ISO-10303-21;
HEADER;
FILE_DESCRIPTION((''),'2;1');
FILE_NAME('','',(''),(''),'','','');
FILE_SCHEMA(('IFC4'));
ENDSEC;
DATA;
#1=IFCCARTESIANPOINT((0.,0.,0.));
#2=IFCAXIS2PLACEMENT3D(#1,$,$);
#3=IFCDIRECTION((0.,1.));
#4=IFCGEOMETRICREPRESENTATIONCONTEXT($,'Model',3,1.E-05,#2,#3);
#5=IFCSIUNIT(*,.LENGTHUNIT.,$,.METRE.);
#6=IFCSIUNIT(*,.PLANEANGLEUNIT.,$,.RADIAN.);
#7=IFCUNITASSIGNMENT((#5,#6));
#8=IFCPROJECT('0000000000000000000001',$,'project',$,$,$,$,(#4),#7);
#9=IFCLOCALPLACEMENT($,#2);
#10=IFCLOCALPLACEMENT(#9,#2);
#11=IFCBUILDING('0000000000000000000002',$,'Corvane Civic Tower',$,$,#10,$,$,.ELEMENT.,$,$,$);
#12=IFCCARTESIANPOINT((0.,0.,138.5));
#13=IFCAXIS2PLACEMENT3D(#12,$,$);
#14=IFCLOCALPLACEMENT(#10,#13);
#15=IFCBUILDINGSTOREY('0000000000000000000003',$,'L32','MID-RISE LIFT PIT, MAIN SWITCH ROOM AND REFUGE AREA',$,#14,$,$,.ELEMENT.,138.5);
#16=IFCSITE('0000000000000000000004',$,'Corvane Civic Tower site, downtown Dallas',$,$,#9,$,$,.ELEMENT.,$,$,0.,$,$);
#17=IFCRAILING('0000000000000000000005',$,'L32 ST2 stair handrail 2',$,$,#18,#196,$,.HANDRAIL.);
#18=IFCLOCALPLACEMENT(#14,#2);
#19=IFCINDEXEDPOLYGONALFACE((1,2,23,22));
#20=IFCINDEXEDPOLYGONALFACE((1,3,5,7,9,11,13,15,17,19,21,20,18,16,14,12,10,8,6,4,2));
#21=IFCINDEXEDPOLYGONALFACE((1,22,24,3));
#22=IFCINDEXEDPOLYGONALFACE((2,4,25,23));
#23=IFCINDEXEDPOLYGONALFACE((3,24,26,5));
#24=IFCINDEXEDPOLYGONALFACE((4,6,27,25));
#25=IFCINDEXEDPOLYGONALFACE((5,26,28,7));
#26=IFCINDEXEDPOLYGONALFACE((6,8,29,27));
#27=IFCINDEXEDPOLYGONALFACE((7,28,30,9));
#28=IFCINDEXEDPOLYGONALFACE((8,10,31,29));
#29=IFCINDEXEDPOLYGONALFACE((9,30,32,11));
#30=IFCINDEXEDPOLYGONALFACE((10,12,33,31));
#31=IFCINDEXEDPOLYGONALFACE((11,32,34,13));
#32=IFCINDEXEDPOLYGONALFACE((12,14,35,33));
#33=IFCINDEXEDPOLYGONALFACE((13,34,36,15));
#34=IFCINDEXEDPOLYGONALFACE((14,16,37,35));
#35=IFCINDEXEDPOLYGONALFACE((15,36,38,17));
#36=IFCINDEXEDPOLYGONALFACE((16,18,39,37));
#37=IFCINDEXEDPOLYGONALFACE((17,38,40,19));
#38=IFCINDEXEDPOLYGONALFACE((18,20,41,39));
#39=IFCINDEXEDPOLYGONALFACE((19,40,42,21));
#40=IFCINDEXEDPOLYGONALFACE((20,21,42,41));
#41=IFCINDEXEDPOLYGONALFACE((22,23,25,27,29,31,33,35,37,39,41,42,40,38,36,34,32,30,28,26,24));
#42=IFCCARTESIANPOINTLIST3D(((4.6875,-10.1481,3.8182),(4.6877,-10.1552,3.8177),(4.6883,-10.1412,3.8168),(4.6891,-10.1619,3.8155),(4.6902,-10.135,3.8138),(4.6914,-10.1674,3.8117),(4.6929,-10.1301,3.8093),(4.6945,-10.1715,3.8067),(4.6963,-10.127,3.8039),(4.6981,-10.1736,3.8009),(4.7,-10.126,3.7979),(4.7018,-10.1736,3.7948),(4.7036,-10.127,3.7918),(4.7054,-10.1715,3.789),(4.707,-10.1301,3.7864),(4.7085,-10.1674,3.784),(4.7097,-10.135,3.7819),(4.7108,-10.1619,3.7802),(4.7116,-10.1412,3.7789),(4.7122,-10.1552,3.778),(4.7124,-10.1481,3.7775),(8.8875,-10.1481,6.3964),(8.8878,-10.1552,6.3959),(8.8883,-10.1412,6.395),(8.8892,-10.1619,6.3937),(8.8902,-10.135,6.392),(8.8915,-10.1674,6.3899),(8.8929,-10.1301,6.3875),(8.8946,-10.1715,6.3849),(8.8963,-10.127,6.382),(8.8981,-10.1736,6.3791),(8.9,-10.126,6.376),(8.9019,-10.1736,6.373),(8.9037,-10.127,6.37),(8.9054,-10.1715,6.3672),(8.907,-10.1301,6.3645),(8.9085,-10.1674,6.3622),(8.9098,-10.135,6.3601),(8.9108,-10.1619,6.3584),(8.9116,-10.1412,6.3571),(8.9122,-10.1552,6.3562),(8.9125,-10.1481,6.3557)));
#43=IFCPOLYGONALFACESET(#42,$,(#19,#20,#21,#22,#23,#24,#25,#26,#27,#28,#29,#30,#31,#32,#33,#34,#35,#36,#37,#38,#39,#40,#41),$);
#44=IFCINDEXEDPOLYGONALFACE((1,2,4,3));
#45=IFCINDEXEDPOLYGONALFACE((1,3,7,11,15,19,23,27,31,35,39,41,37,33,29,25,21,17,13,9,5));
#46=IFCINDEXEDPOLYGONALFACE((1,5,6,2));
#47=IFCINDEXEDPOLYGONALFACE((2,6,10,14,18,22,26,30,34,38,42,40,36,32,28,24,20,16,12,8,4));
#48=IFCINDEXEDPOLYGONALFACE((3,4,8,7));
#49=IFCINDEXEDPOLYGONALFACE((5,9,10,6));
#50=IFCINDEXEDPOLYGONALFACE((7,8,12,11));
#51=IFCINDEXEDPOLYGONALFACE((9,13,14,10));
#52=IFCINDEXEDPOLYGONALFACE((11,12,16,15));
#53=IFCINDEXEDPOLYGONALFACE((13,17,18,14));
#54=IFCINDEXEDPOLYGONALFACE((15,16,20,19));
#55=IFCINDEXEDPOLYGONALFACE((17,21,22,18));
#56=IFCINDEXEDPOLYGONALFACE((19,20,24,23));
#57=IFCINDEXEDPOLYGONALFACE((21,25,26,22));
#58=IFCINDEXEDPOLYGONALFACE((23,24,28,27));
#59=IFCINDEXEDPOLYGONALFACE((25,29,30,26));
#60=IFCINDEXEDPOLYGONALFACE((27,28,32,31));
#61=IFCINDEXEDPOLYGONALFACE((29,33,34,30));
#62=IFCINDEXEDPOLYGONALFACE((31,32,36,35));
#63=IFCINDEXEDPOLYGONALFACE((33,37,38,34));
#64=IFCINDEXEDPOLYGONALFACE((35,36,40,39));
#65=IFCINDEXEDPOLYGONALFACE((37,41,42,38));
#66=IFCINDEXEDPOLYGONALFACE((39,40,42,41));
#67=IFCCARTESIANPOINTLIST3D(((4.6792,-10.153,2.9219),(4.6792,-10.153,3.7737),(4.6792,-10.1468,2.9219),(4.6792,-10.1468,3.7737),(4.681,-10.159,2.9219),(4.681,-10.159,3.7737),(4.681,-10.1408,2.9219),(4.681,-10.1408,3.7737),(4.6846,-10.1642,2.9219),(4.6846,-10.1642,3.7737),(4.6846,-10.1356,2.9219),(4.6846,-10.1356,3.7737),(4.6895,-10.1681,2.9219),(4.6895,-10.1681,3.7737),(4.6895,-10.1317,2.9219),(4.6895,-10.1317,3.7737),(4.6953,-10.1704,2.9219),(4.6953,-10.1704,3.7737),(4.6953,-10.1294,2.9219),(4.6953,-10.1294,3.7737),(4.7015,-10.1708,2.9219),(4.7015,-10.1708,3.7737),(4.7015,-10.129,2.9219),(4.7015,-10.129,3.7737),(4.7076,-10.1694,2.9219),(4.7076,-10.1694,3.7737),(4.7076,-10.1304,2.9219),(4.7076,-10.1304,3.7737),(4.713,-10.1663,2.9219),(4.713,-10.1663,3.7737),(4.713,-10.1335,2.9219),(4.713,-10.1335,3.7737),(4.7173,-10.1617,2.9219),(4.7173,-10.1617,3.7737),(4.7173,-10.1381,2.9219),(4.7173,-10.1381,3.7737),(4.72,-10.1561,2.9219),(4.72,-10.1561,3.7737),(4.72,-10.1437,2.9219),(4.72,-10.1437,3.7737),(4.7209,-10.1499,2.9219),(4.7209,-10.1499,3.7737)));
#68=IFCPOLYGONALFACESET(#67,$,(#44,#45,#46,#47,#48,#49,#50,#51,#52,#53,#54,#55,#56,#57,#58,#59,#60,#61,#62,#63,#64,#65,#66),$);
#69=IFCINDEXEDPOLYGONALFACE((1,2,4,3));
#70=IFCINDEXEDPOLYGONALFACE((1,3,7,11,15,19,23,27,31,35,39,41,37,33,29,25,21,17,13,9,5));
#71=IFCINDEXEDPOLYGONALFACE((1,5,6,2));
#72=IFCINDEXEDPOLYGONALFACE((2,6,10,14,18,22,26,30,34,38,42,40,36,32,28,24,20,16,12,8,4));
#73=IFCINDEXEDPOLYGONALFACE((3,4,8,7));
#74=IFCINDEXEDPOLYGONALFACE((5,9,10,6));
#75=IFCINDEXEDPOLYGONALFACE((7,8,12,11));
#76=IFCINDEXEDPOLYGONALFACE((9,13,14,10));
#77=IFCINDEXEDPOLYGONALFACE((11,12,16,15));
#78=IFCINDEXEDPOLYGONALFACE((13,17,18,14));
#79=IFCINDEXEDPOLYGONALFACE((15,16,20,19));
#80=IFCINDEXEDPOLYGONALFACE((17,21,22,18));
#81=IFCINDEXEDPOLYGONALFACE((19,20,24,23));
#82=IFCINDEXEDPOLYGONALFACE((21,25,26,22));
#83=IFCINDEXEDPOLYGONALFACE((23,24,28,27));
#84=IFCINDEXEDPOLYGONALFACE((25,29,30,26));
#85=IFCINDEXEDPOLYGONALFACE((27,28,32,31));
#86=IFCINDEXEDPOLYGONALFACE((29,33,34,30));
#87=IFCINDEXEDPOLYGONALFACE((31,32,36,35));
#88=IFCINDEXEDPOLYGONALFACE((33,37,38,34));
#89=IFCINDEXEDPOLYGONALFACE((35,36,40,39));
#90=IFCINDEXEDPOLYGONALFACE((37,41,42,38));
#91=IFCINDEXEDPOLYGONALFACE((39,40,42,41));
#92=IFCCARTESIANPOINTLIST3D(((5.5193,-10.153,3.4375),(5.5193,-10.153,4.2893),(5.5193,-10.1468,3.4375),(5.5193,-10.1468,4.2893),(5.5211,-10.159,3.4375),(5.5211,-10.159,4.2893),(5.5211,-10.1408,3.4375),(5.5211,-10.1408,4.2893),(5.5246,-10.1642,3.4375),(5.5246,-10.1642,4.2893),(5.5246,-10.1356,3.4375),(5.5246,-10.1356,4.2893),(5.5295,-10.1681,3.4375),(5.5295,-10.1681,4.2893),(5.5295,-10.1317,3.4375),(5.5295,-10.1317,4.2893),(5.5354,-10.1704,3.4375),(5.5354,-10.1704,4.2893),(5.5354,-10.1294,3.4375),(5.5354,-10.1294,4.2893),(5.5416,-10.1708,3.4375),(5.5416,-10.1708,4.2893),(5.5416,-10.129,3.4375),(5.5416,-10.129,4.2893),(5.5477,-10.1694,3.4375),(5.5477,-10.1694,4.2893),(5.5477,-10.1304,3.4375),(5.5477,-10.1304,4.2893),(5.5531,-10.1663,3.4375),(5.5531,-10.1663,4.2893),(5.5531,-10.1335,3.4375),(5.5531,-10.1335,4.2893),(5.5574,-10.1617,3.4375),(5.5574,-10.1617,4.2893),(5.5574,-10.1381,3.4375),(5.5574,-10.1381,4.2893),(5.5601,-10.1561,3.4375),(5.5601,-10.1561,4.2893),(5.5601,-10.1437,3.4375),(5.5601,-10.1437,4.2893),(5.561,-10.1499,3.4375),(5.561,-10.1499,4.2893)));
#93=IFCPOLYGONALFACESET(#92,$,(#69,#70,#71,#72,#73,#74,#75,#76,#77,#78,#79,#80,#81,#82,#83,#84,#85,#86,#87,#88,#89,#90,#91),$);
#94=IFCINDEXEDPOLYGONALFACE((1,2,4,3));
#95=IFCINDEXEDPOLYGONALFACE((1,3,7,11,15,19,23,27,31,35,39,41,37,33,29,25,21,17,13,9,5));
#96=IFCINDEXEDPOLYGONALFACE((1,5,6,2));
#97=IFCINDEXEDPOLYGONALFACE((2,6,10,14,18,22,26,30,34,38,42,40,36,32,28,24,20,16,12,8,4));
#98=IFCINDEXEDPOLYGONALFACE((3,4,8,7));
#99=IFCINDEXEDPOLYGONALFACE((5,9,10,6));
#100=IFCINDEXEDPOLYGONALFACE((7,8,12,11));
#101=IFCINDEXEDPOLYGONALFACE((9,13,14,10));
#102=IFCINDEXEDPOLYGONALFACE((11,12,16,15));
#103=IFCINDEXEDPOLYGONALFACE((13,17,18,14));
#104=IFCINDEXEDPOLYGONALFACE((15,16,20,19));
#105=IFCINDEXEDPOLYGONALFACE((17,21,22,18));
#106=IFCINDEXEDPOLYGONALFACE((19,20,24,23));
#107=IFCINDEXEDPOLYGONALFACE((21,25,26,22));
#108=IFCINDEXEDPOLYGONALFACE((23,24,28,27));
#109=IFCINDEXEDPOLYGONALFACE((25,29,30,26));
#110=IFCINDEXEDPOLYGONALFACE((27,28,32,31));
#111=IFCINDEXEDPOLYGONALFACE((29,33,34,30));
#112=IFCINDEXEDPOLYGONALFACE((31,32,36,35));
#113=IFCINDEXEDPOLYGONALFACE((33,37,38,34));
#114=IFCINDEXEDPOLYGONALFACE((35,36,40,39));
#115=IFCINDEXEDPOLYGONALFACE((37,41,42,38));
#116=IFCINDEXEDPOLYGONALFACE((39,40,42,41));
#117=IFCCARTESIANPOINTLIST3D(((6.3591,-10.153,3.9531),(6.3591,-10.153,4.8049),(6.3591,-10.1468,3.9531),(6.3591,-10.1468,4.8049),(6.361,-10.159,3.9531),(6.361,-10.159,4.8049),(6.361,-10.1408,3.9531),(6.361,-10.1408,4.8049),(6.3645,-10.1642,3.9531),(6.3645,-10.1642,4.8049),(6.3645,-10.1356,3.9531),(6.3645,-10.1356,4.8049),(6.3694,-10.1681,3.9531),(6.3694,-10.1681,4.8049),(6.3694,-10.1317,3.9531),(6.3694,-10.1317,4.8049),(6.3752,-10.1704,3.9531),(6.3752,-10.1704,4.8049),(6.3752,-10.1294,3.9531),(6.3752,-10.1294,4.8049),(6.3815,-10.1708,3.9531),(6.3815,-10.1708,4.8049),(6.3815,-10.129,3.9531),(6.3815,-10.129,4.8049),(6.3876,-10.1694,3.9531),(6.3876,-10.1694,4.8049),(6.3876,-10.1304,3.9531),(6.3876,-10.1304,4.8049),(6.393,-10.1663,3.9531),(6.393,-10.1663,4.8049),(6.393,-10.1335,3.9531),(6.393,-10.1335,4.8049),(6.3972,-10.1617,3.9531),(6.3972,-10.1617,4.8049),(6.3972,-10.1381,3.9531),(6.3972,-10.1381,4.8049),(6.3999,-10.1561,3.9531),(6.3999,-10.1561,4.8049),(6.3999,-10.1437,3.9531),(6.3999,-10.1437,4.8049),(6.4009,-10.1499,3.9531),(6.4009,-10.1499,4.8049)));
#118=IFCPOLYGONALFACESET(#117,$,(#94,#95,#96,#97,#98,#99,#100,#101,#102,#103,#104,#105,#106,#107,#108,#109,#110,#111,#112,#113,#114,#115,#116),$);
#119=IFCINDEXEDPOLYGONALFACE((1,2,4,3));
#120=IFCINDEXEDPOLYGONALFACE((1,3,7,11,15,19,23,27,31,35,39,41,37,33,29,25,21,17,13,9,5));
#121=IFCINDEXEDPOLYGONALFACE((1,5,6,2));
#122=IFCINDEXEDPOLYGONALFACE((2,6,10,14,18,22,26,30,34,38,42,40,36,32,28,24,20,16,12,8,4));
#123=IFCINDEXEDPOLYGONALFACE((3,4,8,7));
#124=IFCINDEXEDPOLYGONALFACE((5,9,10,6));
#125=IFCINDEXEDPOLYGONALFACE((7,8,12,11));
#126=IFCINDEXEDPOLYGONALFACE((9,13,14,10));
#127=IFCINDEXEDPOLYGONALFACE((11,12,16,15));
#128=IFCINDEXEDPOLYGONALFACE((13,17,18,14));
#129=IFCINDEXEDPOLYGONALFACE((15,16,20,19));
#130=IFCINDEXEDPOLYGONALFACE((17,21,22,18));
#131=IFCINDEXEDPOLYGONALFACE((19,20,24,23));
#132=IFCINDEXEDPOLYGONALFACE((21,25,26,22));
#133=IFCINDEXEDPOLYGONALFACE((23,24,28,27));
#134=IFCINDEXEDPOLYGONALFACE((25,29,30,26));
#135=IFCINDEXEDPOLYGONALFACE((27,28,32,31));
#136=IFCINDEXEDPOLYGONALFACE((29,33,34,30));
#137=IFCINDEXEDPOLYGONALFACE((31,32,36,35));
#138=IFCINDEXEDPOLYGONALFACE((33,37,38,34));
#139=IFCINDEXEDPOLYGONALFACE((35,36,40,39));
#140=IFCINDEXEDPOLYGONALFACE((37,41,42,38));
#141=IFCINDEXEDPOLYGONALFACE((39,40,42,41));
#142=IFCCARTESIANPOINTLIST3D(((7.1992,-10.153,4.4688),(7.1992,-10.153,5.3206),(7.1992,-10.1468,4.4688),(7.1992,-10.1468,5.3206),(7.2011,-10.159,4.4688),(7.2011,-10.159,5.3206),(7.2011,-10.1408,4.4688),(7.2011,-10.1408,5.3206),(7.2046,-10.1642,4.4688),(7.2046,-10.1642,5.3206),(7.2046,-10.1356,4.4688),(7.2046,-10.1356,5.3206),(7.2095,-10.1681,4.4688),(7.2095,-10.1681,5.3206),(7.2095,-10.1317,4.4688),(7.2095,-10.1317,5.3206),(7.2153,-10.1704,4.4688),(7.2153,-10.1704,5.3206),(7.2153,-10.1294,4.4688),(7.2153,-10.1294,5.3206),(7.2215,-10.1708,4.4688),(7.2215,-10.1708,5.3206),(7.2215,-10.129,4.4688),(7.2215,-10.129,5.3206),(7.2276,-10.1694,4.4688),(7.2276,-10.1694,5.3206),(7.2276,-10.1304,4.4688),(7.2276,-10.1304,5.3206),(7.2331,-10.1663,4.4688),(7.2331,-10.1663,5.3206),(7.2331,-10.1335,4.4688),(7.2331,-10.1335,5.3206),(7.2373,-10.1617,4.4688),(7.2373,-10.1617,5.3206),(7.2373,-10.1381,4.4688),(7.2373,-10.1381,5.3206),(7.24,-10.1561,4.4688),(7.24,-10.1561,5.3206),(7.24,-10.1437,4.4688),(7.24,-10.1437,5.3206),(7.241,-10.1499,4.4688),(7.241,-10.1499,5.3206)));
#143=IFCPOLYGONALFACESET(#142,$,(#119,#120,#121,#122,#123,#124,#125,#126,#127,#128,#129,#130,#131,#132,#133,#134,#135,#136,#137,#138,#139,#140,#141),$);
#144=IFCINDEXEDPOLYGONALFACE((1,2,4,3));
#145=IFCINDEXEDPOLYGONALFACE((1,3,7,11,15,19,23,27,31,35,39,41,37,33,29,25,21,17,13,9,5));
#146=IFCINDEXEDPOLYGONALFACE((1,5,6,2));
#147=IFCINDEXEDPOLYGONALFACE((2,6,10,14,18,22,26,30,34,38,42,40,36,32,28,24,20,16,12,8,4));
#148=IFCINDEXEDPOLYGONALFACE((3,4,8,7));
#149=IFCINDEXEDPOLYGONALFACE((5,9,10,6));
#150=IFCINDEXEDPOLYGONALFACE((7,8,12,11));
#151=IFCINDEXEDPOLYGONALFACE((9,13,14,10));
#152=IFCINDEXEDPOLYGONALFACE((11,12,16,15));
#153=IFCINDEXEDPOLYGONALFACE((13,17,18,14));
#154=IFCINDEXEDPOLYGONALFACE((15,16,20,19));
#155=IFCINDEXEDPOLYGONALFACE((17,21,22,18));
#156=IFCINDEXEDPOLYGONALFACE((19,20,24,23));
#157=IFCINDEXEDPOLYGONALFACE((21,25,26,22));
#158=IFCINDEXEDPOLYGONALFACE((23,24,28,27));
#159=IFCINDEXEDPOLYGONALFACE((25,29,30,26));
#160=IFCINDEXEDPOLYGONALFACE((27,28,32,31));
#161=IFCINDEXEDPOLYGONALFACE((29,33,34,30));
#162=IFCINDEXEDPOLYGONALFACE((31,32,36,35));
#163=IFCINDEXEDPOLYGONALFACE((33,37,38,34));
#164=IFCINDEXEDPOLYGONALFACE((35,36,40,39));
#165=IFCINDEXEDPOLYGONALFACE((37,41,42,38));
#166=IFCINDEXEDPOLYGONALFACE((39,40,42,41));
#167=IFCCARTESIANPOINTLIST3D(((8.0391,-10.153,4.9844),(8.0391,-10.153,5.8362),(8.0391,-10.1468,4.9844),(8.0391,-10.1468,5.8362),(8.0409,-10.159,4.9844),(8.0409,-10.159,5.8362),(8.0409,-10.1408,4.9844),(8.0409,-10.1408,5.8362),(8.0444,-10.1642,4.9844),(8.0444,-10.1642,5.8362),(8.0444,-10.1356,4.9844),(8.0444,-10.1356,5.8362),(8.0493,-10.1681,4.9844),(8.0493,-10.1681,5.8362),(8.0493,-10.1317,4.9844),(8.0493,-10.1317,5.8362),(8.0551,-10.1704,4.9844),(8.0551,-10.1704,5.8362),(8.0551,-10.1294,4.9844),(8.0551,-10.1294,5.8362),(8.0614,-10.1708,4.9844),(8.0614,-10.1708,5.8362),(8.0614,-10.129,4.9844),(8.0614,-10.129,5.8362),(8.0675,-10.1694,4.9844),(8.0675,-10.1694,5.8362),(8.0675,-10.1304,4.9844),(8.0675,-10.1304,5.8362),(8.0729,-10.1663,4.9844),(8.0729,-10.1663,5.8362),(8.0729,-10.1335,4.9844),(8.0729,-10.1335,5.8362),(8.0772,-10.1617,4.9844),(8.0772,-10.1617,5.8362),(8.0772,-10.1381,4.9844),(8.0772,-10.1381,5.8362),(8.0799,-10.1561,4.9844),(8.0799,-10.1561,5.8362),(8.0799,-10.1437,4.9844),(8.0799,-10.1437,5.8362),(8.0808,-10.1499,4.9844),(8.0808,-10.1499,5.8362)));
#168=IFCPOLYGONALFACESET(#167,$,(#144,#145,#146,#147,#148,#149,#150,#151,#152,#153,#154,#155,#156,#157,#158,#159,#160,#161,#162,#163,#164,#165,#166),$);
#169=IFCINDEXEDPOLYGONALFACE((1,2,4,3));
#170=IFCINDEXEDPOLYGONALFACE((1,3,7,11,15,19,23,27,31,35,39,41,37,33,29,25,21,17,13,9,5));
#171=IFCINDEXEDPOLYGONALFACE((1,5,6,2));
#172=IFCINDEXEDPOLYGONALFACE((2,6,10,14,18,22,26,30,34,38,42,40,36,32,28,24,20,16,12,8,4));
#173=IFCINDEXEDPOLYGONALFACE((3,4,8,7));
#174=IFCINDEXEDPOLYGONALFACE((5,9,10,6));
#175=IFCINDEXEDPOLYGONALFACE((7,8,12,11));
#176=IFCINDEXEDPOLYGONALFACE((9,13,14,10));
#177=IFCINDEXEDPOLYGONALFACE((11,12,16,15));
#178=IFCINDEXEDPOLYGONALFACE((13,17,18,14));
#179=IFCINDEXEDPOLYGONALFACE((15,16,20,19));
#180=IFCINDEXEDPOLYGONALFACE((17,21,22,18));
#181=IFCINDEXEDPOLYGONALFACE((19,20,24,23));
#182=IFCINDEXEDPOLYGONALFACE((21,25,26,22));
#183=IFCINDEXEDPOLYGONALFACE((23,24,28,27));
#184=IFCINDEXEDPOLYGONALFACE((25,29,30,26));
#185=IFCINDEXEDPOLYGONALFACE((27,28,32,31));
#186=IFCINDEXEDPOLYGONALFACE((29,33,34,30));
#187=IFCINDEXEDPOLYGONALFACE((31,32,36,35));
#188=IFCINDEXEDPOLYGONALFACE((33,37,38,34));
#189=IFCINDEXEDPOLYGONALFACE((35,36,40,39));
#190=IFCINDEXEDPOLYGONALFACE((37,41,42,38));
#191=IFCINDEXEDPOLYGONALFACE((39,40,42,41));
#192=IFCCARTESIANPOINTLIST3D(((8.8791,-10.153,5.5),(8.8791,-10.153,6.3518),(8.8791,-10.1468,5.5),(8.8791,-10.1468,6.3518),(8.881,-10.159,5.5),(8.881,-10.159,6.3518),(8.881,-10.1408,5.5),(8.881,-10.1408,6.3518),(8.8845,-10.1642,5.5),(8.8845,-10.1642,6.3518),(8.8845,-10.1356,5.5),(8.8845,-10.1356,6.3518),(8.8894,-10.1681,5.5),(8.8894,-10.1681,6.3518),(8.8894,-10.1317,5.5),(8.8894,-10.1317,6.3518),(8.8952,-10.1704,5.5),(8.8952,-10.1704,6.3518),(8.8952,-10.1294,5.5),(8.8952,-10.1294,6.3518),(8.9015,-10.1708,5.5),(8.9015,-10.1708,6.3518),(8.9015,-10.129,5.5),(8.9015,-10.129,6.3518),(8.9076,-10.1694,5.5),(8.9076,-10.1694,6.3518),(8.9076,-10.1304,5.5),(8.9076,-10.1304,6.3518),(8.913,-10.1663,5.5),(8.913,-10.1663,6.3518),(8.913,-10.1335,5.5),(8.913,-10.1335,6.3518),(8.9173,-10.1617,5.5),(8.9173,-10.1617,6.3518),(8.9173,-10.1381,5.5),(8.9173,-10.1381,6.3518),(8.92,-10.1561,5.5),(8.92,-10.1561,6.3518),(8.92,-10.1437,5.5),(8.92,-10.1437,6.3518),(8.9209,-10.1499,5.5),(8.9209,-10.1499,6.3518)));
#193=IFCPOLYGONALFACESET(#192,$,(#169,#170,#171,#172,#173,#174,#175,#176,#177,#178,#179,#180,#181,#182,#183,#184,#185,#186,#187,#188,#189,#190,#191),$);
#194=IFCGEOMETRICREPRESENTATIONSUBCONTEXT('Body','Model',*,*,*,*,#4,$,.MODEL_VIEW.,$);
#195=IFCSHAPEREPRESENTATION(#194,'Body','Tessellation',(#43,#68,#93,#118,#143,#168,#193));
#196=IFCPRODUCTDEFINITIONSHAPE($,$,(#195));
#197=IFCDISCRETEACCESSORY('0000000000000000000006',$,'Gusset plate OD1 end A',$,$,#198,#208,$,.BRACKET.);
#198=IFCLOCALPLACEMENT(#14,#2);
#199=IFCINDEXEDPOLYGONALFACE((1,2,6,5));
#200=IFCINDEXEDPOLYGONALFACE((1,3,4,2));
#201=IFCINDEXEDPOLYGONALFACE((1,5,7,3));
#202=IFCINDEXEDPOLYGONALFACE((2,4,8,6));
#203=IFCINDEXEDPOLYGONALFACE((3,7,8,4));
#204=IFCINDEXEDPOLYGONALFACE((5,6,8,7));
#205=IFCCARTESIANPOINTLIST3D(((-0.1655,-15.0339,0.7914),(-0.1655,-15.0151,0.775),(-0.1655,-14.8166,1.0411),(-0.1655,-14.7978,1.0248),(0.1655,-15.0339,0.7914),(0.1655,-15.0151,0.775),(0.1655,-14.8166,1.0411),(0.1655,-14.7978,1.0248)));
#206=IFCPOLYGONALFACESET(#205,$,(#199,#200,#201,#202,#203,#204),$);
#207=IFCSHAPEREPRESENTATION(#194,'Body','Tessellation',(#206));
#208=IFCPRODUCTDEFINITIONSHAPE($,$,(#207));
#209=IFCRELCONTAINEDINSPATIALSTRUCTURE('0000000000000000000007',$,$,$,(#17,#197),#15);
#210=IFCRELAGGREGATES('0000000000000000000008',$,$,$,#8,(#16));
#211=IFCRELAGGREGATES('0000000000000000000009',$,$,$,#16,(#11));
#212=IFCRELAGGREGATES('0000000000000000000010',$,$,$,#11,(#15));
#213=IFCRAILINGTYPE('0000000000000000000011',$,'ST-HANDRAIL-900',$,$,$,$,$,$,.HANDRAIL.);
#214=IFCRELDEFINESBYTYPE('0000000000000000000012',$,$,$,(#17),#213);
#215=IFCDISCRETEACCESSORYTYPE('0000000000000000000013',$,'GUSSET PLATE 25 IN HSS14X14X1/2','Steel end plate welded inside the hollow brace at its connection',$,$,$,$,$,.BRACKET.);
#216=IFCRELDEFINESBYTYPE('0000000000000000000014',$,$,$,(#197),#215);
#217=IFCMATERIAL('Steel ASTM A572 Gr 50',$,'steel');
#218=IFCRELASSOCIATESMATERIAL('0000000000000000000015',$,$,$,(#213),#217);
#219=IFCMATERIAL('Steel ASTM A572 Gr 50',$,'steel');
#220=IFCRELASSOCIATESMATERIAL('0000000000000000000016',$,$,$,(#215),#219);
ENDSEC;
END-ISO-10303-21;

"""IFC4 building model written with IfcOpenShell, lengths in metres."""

from ifc_helpers import new_model, si_unit, direction, frame, origin, origin_2d, place, context, subcontext, project, spatial, rectangle, circle, extrude, material, material_profile, profile_set, type_object, element, save


model = new_model("IFC4")

# Units and contexts
model_context = context("Model", 3, precision=1e-05, world=origin(), true_north=direction((0.0, 1.0)))
body_context = subcontext(model_context, "Body", "Model", "MODEL_VIEW")
ifc_project = project(units=[si_unit("LENGTHUNIT", "METRE"), si_unit("PLANEANGLEUNIT", "RADIAN")], contexts=[model_context])

# Site, building, storey
site_placement = place(None, origin())
site = spatial("IfcSite", under=ifc_project, at=site_placement, Name="Corvane Civic Tower site, downtown Dallas", CompositionType="ELEMENT", RefElevation=0.0)
building_placement = place(site_placement, origin())
building = spatial("IfcBuilding", under=site, at=building_placement, Name="Corvane Civic Tower", CompositionType="ELEMENT")
storey_placement = place(building_placement, frame((0.0, 0.0, 138.5)))
storey = spatial("IfcBuildingStorey", under=building, at=storey_placement, Name="L32", Description="MID-RISE LIFT PIT, MAIN SWITCH ROOM AND REFUGE AREA", CompositionType="ELEMENT", Elevation=138.5)

# Railing
ifc_material_1 = material(Name="Steel ASTM A572 Gr 50", Category="steel")
railing_type_1 = type_object("IfcRailingType", Name="ST-HANDRAIL-900", PredefinedType="HANDRAIL", material=ifc_material_1)
railing_1_placement = place(storey_placement, frame((4.7, -10.1499, 2.9219)))
element("IfcRailing", 1, at=railing_1_placement, inside=storey, type_object=railing_type_1, Name="L32 ST2 stair handrail 2", PredefinedType="HANDRAIL", context=body_context, shape_type="SweptSolid", body=[
    extrude(circle(Radius=0.0239, at=origin_2d()), frame((0.0, 0.0, 0.876), z_axis=(0.852243, 0.0, 0.523146), x_axis=(0.0, 1.0, 0.0)), (0.0, 0.0, 1.0), 4.9282),
    extrude(circle(Radius=0.021, at=origin_2d()), origin(), (0.0, 0.0, 1.0), 0.8518),
    extrude(circle(Radius=0.021, at=origin_2d()), frame((0.8401, 0.0, 0.5156)), (0.0, 0.0, 1.0), 0.8518),
    extrude(circle(Radius=0.021, at=origin_2d()), frame((1.6799, 0.0, 1.0312)), (0.0, 0.0, 1.0), 0.8518),
    extrude(circle(Radius=0.021, at=origin_2d()), frame((2.52, 0.0, 1.5469)), (0.0, 0.0, 1.0), 0.8518),
    extrude(circle(Radius=0.021, at=origin_2d()), frame((3.3599, 0.0, 2.0625)), (0.0, 0.0, 1.0), 0.8518),
    extrude(circle(Radius=0.021, at=origin_2d()), frame((4.2, 0.0, 2.5781)), (0.0, 0.0, 1.0), 0.8518),
])

# Discrete accessory
ifc_material_2 = material(Name="Steel ASTM A572 Gr 50", Category="steel")
ifc_material_profile_1 = material_profile(ifc_material_2, rectangle(XDim=0.3311, YDim=0.3311, at=origin_2d()), Name="GUSSET PLATE 25 IN HSS14X14X1/2")
ifc_profile_set_1 = profile_set([ifc_material_profile_1], Name="Steel ASTM A572 Gr 50")
discrete_accessory_type_1 = type_object("IfcDiscreteAccessoryType", Name="GUSSET PLATE 25 IN HSS14X14X1/2", Description="Steel end plate welded inside the hollow brace at its connection", PredefinedType="BRACKET", material=ifc_profile_set_1)
discrete_accessory_1_placement = place(storey_placement, frame((0.0, -14.9065, 0.8999), z_axis=(0.0, -0.754395, 0.656421), x_axis=(1.0, 0.0, 0.0)))
element("IfcDiscreteAccessory", 2, at=discrete_accessory_1_placement, inside=storey, type_object=discrete_accessory_type_1, Name="Gusset plate OD1 end A", PredefinedType="BRACKET", context=body_context, shape_type="SweptSolid", body=[
    extrude(rectangle(XDim=0.3311, YDim=0.3311, at=origin_2d()), origin(), (0.0, 0.0, 1.0), 0.0249),
])

save(model, "model.ifc")
